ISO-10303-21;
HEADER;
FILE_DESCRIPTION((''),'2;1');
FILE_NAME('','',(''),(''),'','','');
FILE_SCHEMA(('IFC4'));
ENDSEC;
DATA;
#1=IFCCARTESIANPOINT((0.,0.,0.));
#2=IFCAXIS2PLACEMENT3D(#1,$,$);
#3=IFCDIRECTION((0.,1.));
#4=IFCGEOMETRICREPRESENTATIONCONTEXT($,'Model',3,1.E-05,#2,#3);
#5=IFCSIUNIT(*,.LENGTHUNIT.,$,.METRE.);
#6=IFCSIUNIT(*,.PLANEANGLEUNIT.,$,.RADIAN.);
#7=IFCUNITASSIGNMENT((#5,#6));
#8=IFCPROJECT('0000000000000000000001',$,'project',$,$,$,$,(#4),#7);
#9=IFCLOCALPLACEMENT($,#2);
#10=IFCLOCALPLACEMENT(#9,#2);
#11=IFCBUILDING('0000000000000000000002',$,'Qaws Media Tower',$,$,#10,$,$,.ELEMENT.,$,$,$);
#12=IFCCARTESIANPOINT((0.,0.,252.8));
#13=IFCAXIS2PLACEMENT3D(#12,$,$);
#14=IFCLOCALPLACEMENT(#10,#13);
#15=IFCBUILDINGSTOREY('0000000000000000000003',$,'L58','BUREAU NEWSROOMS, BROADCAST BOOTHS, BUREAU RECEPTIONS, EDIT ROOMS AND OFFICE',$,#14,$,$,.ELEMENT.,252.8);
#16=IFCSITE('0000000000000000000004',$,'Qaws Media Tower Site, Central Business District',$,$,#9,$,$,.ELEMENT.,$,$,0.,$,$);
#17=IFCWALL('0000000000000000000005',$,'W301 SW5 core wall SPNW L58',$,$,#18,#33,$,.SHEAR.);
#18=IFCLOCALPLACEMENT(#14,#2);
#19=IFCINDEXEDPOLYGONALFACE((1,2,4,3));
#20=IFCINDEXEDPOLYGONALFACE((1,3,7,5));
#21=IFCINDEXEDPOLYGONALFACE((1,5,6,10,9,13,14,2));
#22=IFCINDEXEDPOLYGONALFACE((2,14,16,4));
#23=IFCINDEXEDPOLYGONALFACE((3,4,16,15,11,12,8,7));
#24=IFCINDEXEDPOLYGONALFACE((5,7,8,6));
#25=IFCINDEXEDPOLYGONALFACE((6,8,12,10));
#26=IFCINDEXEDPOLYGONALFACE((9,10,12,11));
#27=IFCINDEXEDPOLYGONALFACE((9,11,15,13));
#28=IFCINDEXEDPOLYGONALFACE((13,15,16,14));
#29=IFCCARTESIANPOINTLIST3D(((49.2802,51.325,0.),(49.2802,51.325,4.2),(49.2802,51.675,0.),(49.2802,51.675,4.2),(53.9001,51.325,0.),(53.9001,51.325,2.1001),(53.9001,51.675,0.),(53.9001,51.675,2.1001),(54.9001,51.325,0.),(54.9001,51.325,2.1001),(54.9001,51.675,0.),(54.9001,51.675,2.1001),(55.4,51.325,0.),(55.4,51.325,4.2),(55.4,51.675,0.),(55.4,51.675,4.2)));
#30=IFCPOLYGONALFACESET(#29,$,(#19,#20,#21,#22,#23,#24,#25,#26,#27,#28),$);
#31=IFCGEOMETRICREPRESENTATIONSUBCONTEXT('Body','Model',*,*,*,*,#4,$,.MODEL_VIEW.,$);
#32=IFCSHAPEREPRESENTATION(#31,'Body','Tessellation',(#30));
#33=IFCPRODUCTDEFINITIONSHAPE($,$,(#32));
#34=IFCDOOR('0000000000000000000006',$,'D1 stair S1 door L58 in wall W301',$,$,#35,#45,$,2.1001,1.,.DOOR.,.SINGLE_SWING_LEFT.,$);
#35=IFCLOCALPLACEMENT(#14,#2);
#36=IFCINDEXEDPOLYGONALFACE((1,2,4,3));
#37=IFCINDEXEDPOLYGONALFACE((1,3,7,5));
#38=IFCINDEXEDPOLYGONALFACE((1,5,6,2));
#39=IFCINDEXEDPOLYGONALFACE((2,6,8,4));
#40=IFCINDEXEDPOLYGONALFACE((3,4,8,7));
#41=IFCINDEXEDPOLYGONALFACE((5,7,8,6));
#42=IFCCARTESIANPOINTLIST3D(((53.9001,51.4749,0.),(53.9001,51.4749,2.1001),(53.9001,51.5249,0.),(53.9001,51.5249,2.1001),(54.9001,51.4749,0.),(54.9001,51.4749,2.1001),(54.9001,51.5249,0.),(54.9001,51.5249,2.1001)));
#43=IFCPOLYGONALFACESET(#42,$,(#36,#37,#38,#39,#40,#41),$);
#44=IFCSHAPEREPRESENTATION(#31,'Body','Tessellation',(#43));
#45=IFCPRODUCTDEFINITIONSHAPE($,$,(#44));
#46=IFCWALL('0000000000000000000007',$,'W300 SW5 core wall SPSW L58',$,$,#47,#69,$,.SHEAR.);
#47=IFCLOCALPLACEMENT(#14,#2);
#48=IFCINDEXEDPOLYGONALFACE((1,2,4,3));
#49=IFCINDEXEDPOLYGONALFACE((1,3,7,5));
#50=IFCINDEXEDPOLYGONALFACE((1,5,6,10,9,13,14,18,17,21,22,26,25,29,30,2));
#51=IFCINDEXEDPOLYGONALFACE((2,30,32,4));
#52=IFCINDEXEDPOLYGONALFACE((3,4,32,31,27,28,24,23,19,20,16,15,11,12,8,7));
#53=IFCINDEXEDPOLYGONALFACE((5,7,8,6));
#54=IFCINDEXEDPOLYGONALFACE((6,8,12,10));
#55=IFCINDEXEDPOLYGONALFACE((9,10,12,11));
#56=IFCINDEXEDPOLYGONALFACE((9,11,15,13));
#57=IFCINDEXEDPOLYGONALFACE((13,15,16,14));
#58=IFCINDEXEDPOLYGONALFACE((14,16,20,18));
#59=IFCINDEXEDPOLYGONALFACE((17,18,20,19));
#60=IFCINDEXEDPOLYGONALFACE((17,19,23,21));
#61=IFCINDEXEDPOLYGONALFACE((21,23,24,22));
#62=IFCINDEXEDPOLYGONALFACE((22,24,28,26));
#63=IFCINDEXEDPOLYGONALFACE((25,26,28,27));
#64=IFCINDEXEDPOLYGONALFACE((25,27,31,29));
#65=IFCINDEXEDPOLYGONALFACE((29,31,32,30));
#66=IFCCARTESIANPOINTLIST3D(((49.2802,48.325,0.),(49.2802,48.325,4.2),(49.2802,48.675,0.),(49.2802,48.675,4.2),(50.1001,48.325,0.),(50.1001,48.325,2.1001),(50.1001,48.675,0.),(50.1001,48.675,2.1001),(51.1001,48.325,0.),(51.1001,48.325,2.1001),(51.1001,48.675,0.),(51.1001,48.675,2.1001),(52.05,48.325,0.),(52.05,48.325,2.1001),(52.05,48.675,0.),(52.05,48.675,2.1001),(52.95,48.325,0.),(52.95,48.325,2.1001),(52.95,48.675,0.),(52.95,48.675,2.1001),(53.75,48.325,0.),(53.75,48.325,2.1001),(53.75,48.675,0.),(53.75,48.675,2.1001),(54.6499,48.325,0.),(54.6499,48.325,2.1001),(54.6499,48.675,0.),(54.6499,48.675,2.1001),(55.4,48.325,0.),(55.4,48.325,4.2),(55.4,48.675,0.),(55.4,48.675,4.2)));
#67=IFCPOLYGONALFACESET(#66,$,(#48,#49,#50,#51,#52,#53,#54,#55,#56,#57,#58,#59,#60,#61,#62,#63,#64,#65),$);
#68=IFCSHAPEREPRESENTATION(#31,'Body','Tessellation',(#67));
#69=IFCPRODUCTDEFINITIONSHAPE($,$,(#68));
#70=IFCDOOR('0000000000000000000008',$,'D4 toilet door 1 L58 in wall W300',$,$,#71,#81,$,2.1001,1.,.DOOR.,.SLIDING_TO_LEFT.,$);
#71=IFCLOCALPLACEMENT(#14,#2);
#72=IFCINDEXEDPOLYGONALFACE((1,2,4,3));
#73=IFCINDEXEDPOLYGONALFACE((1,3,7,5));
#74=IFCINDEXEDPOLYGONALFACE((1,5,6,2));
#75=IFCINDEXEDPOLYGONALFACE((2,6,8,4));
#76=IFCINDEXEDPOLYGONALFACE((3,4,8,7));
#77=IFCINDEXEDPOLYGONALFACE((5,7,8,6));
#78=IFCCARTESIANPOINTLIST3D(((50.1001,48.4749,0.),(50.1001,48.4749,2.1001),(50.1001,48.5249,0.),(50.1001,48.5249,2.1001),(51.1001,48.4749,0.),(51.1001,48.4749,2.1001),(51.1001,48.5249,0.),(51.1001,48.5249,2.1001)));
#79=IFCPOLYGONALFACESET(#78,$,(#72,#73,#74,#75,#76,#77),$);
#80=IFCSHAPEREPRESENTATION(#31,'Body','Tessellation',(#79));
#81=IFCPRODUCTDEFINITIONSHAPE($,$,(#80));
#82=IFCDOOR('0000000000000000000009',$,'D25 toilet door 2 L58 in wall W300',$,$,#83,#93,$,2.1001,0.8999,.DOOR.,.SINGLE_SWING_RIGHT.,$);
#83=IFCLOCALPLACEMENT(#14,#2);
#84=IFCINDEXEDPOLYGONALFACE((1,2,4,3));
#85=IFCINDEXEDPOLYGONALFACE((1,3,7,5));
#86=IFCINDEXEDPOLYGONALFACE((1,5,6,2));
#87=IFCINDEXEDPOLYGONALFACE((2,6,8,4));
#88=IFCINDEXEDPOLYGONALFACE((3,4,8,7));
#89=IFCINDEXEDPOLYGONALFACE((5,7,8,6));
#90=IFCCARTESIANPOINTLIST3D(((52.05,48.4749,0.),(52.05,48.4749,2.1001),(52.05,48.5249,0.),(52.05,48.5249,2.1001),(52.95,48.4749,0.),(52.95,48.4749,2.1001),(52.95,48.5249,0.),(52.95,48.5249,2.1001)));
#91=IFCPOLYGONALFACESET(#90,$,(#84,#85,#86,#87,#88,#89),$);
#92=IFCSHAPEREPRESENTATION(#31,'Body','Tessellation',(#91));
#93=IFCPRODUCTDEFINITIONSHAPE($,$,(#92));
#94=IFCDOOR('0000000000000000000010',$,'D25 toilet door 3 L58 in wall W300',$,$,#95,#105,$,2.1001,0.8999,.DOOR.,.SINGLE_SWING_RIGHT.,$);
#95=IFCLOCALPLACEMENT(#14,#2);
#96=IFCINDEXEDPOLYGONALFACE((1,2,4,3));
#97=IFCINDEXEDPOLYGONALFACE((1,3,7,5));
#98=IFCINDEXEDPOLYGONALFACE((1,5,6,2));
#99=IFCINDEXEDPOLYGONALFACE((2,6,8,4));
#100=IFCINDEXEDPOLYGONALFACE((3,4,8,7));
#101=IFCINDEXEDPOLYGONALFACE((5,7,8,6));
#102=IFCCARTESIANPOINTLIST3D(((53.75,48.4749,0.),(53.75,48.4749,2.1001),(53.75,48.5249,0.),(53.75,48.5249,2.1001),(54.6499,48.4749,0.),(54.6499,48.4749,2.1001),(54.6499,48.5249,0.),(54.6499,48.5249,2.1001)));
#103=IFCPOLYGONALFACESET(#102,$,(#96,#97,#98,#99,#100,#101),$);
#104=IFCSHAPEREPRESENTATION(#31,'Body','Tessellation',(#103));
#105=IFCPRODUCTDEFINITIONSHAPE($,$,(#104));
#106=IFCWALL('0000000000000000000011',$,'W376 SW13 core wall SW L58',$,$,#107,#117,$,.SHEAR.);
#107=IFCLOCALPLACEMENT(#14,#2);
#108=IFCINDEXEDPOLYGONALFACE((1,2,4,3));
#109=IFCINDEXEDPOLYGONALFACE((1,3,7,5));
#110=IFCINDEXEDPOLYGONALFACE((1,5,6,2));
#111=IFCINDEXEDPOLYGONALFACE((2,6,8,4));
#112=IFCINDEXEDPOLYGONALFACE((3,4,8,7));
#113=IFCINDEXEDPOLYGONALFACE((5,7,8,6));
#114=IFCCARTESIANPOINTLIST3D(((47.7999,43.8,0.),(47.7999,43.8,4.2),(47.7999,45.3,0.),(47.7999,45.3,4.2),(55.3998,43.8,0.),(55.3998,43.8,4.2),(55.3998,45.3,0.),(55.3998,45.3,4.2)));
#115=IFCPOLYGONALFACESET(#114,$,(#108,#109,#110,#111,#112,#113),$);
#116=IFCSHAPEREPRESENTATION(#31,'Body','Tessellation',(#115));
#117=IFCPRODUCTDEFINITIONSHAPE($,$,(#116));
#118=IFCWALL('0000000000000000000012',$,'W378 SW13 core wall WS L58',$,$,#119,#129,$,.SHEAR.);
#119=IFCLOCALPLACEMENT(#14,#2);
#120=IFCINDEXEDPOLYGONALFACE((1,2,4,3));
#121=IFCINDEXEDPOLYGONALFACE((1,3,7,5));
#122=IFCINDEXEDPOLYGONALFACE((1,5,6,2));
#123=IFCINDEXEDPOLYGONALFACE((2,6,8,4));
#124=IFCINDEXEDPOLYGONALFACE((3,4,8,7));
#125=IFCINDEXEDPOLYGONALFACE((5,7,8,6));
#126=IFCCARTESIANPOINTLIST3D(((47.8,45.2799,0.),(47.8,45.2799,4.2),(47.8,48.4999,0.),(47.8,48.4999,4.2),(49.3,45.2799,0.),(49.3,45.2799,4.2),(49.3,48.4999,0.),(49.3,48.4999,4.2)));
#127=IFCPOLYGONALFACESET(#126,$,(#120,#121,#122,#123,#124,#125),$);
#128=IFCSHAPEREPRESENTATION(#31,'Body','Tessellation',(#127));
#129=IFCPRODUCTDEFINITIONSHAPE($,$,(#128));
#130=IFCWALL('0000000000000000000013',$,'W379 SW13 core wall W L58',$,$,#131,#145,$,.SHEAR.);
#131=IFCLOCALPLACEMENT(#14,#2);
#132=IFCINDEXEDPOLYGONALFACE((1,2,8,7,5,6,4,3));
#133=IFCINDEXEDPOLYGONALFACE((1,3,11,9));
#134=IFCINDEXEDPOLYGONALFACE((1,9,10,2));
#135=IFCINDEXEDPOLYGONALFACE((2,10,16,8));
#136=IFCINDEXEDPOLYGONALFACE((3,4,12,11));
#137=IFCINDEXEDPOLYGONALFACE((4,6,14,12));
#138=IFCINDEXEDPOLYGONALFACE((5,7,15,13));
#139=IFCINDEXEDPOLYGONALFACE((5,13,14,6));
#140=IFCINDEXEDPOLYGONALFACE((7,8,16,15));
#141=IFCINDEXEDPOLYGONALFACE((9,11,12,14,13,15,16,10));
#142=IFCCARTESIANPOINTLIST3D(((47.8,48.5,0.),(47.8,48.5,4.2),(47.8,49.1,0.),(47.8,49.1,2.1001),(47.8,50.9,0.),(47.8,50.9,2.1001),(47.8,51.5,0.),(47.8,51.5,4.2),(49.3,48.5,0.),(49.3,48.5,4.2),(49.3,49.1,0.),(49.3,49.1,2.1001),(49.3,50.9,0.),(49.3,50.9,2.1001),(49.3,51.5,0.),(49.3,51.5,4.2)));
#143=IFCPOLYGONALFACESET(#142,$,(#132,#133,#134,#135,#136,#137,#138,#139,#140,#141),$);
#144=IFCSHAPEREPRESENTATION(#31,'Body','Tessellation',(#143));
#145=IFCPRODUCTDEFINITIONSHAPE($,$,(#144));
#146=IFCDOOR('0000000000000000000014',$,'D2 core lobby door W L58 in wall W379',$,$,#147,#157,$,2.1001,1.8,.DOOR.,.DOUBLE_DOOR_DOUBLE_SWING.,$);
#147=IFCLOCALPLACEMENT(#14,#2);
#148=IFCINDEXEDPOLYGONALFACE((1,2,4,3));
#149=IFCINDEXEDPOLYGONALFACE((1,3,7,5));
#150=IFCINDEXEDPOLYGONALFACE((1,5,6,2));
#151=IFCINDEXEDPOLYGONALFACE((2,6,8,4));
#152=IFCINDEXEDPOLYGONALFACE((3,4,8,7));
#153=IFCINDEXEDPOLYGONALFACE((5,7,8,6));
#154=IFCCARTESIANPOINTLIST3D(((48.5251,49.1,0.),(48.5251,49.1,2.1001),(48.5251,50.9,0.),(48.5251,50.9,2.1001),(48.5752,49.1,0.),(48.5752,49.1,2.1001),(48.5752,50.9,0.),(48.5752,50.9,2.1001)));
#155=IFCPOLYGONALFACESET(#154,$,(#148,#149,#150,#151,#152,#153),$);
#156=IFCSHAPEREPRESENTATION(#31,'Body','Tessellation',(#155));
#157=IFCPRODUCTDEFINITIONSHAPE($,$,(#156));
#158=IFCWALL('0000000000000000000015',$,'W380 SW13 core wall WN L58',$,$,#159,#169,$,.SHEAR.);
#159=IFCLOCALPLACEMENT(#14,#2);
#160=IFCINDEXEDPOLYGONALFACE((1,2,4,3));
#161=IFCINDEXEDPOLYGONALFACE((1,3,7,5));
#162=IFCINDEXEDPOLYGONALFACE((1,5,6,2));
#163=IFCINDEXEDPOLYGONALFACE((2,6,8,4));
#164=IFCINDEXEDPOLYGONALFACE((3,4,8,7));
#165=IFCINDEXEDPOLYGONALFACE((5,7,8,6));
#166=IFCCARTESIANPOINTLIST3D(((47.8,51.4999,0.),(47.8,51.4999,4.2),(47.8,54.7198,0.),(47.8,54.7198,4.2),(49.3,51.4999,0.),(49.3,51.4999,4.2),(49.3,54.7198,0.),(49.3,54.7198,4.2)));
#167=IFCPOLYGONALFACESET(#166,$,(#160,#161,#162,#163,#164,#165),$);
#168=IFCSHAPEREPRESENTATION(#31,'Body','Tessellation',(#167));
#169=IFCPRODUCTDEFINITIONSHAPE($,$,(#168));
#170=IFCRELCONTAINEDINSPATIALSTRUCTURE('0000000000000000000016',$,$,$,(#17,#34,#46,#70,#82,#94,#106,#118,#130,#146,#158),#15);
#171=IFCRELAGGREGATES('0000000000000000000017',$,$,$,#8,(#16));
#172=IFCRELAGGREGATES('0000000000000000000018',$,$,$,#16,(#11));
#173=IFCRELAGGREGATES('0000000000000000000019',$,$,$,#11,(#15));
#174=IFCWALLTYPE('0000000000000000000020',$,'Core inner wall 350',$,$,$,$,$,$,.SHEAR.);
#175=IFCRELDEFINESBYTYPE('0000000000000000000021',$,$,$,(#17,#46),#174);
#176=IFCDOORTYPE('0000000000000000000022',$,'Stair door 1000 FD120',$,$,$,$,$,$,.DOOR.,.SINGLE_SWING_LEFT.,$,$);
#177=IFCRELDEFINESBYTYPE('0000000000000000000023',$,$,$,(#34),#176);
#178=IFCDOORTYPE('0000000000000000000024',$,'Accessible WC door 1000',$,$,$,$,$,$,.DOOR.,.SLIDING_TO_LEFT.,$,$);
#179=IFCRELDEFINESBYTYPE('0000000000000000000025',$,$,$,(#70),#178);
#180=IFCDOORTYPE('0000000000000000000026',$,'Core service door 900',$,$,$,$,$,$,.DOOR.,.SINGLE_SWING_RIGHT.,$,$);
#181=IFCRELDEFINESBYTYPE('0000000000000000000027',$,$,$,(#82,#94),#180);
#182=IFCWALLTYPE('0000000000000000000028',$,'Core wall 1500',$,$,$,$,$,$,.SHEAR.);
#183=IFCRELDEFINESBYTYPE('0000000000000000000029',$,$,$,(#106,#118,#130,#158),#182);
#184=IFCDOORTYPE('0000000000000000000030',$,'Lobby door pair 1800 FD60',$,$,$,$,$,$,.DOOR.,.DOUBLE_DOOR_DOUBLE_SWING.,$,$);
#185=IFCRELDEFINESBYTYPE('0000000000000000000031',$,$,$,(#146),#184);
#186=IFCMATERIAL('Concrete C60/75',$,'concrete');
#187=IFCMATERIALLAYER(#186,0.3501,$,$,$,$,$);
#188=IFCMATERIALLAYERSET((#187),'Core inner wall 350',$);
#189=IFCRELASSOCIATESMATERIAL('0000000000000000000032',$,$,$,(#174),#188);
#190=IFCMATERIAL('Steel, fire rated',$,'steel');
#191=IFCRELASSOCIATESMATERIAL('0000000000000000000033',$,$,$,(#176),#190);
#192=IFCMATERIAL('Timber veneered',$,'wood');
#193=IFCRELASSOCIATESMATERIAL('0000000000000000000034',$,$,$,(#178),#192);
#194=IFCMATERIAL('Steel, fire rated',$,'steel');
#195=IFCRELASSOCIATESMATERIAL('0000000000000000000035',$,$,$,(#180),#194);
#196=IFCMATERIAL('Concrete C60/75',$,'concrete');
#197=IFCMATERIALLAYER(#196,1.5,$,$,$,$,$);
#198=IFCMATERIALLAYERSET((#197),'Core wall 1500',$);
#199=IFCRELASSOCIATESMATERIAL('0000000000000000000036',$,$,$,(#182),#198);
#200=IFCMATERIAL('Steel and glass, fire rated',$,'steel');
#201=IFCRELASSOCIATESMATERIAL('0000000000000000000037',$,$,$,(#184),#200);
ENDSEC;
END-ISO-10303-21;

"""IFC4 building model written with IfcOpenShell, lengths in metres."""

from ifc_helpers import new_model, si_unit, direction, frame, frame_2d, origin, place, context, subcontext, project, spatial, rectangle, extrude, material, layer, layer_set, type_object, element, fill, save


model = new_model("IFC4")

# Units and contexts
model_context = context("Model", 3, precision=1e-05, world=origin(), true_north=direction((0.0, 1.0)))
body_context = subcontext(model_context, "Body", "Model", "MODEL_VIEW")
ifc_project = project(units=[si_unit("LENGTHUNIT", "METRE"), si_unit("PLANEANGLEUNIT", "RADIAN")], contexts=[model_context])

# Site, building, storey
site_placement = place(None, origin())
site = spatial("IfcSite", under=ifc_project, at=site_placement, Name="Qaws Media Tower Site, Central Business District", CompositionType="ELEMENT", RefElevation=0.0)
building_placement = place(site_placement, origin())
building = spatial("IfcBuilding", under=site, at=building_placement, Name="Qaws Media Tower", CompositionType="ELEMENT")
storey_placement = place(building_placement, frame((0.0, 0.0, 252.8)))
storey = spatial("IfcBuildingStorey", under=building, at=storey_placement, Name="L58", Description="BUREAU NEWSROOMS, BROADCAST BOOTHS, BUREAU RECEPTIONS, EDIT ROOMS AND OFFICE", CompositionType="ELEMENT", Elevation=252.8)

# Wall, opening, door
ifc_material_1 = material(Name="Concrete C60/75", Category="concrete")
ifc_layer_1 = layer(ifc_material_1, 0.3501)
ifc_layer_set_1 = layer_set([ifc_layer_1], Name="Core inner wall 350")
wall_type_1 = type_object("IfcWallType", Name="Core inner wall 350", PredefinedType="SHEAR", material=ifc_layer_set_1)
wall_1_placement = place(storey_placement, frame((49.28, 51.5, 0.0), z_axis=(0.0, 0.0, 1.0), x_axis=(1.0, 0.0, 0.0)))
wall_1 = element("IfcWall", 1, at=wall_1_placement, inside=storey, type_object=wall_type_1, Name="W301 SW5 core wall SPNW L58", PredefinedType="SHEAR", context=body_context, shape_type="SweptSolid", body=[
    extrude(rectangle(XDim=6.1199, YDim=0.3501, at=frame_2d((3.0601, 0.0))), origin(), (0.0, 0.0, 1.0), 4.2),
])
opening_1_placement = place(wall_1_placement, frame((4.6201, 0.0, 0.0)))
opening_1 = element("IfcOpeningElement", 2, at=opening_1_placement, cuts=wall_1, PredefinedType="OPENING", context=body_context, shape_type="SweptSolid", body=[
    extrude(rectangle(XDim=1.0, YDim=2.1001, at=frame_2d((0.5, 1.05))), frame((0.0, 0.1851, 0.0), z_axis=(0.0, -1.0, 0.0), x_axis=(1.0, 0.0, 0.0)), (0.0, 0.0, 1.0), 0.3701),
])
ifc_material_2 = material(Name="Steel, fire rated", Category="steel")
door_type_1 = type_object("IfcDoorType", Name="Stair door 1000 FD120", OperationType="SINGLE_SWING_LEFT", PredefinedType="DOOR", material=ifc_material_2)
door_1_placement = place(opening_1_placement, origin())
door_1 = element("IfcDoor", 3, at=door_1_placement, inside=storey, type_object=door_type_1, Name="D1 stair S1 door L58 in wall W301", OperationType="SINGLE_SWING_LEFT", OverallHeight=2.1001, OverallWidth=1.0, PredefinedType="DOOR", context=body_context, shape_type="SweptSolid", body=[
    extrude(rectangle(XDim=1.0, YDim=2.1001, at=frame_2d((0.5, 1.05))), frame((0.0, 0.0249, 0.0), z_axis=(0.0, -1.0, 0.0), x_axis=(1.0, 0.0, 0.0)), (0.0, 0.0, 1.0), 0.05),
])
fill(opening_1, door_1)

# Wall, openings, doors
wall_2_placement = place(storey_placement, frame((49.28, 48.5, 0.0), z_axis=(0.0, 0.0, 1.0), x_axis=(1.0, 0.0, 0.0)))
wall_2 = element("IfcWall", 4, at=wall_2_placement, inside=storey, type_object=wall_type_1, Name="W300 SW5 core wall SPSW L58", PredefinedType="SHEAR", context=body_context, shape_type="SweptSolid", body=[
    extrude(rectangle(XDim=6.1199, YDim=0.3501, at=frame_2d((3.0601, 0.0))), origin(), (0.0, 0.0, 1.0), 4.2),
])
opening_2_placement = place(wall_2_placement, frame((0.8201, 0.0, 0.0)))
opening_2 = element("IfcOpeningElement", 5, at=opening_2_placement, cuts=wall_2, PredefinedType="OPENING", context=body_context, shape_type="SweptSolid", body=[
    extrude(rectangle(XDim=1.0, YDim=2.1001, at=frame_2d((0.5, 1.05))), frame((0.0, 0.1851, 0.0), z_axis=(0.0, -1.0, 0.0), x_axis=(1.0, 0.0, 0.0)), (0.0, 0.0, 1.0), 0.3701),
])
opening_3_placement = place(wall_2_placement, frame((2.77, 0.0, 0.0)))
opening_3 = element("IfcOpeningElement", 6, at=opening_3_placement, cuts=wall_2, PredefinedType="OPENING", context=body_context, shape_type="SweptSolid", body=[
    extrude(rectangle(XDim=0.8999, YDim=2.1001, at=frame_2d((0.45, 1.05))), frame((0.0, 0.1851, 0.0), z_axis=(0.0, -1.0, 0.0), x_axis=(1.0, 0.0, 0.0)), (0.0, 0.0, 1.0), 0.3701),
])
opening_4_placement = place(wall_2_placement, frame((4.47, 0.0, 0.0)))
opening_4 = element("IfcOpeningElement", 7, at=opening_4_placement, cuts=wall_2, PredefinedType="OPENING", context=body_context, shape_type="SweptSolid", body=[
    extrude(rectangle(XDim=0.8999, YDim=2.1001, at=frame_2d((0.45, 1.05))), frame((0.0, 0.1851, 0.0), z_axis=(0.0, -1.0, 0.0), x_axis=(1.0, 0.0, 0.0)), (0.0, 0.0, 1.0), 0.3701),
])
ifc_material_3 = material(Name="Timber veneered", Category="wood")
door_type_2 = type_object("IfcDoorType", Name="Accessible WC door 1000", OperationType="SLIDING_TO_LEFT", PredefinedType="DOOR", material=ifc_material_3)
door_2_placement = place(opening_2_placement, origin())
door_2 = element("IfcDoor", 8, at=door_2_placement, inside=storey, type_object=door_type_2, Name="D4 toilet door 1 L58 in wall W300", OperationType="SLIDING_TO_LEFT", OverallHeight=2.1001, OverallWidth=1.0, PredefinedType="DOOR", context=body_context, shape_type="SweptSolid", body=[
    extrude(rectangle(XDim=1.0, YDim=2.1001, at=frame_2d((0.5, 1.05))), frame((0.0, 0.0249, 0.0), z_axis=(0.0, -1.0, 0.0), x_axis=(1.0, 0.0, 0.0)), (0.0, 0.0, 1.0), 0.05),
])
fill(opening_2, door_2)
ifc_material_4 = material(Name="Steel, fire rated", Category="steel")
door_type_3 = type_object("IfcDoorType", Name="Core service door 900", OperationType="SINGLE_SWING_RIGHT", PredefinedType="DOOR", material=ifc_material_4)
door_3_placement = place(opening_3_placement, origin())
door_3 = element("IfcDoor", 9, at=door_3_placement, inside=storey, type_object=door_type_3, Name="D25 toilet door 2 L58 in wall W300", OperationType="SINGLE_SWING_RIGHT", OverallHeight=2.1001, OverallWidth=0.8999, PredefinedType="DOOR", context=body_context, shape_type="SweptSolid", body=[
    extrude(rectangle(XDim=0.8999, YDim=2.1001, at=frame_2d((0.45, 1.05))), frame((0.0, 0.0249, 0.0), z_axis=(0.0, -1.0, 0.0), x_axis=(1.0, 0.0, 0.0)), (0.0, 0.0, 1.0), 0.05),
])
fill(opening_3, door_3)
door_4_placement = place(opening_4_placement, origin())
door_4 = element("IfcDoor", 10, at=door_4_placement, inside=storey, type_object=door_type_3, Name="D25 toilet door 3 L58 in wall W300", OperationType="SINGLE_SWING_RIGHT", OverallHeight=2.1001, OverallWidth=0.8999, PredefinedType="DOOR", context=body_context, shape_type="SweptSolid", body=[
    extrude(rectangle(XDim=0.8999, YDim=2.1001, at=frame_2d((0.45, 1.05))), frame((0.0, 0.0249, 0.0), z_axis=(0.0, -1.0, 0.0), x_axis=(1.0, 0.0, 0.0)), (0.0, 0.0, 1.0), 0.05),
])
fill(opening_4, door_4)

# Walls
ifc_material_5 = material(Name="Concrete C60/75", Category="concrete")
ifc_layer_2 = layer(ifc_material_5, 1.5)
ifc_layer_set_2 = layer_set([ifc_layer_2], Name="Core wall 1500")
wall_type_2 = type_object("IfcWallType", Name="Core wall 1500", PredefinedType="SHEAR", material=ifc_layer_set_2)
wall_3_placement = place(storey_placement, frame((47.8, 44.55, 0.0), z_axis=(0.0, 0.0, 1.0), x_axis=(1.0, 0.0, 0.0)))
element("IfcWall", 11, at=wall_3_placement, inside=storey, type_object=wall_type_2, Name="W376 SW13 core wall SW L58", PredefinedType="SHEAR", context=body_context, shape_type="SweptSolid", body=[
    extrude(rectangle(XDim=7.5999, YDim=1.5, at=frame_2d((3.7998, 0.0))), origin(), (0.0, 0.0, 1.0), 4.2),
])
wall_4_placement = place(storey_placement, frame((48.55, 45.28, 0.0), z_axis=(0.0, 0.0, 1.0), x_axis=(0.0, 1.0, 0.0)))
element("IfcWall", 12, at=wall_4_placement, inside=storey, type_object=wall_type_2, Name="W378 SW13 core wall WS L58", PredefinedType="SHEAR", context=body_context, shape_type="SweptSolid", body=[
    extrude(rectangle(XDim=3.22, YDim=1.5, at=frame_2d((1.6099, 0.0))), origin(), (0.0, 0.0, 1.0), 4.2),
])

# Wall, opening, door
wall_5_placement = place(storey_placement, frame((48.55, 48.5, 0.0), z_axis=(0.0, 0.0, 1.0), x_axis=(0.0, 1.0, 0.0)))
wall_5 = element("IfcWall", 13, at=wall_5_placement, inside=storey, type_object=wall_type_2, Name="W379 SW13 core wall W L58", PredefinedType="SHEAR", context=body_context, shape_type="SweptSolid", body=[
    extrude(rectangle(XDim=3.0, YDim=1.5, at=frame_2d((1.5, 0.0))), origin(), (0.0, 0.0, 1.0), 4.2),
])
opening_5_placement = place(wall_5_placement, frame((0.6001, 0.0, 0.0)))
opening_5 = element("IfcOpeningElement", 14, at=opening_5_placement, cuts=wall_5, PredefinedType="OPENING", context=body_context, shape_type="SweptSolid", body=[
    extrude(rectangle(XDim=1.8, YDim=2.1001, at=frame_2d((0.8999, 1.05))), frame((0.0, 0.76, 0.0), z_axis=(0.0, -1.0, 0.0), x_axis=(1.0, 0.0, 0.0)), (0.0, 0.0, 1.0), 1.52),
])
ifc_material_6 = material(Name="Steel and glass, fire rated", Category="steel")
door_type_4 = type_object("IfcDoorType", Name="Lobby door pair 1800 FD60", OperationType="DOUBLE_DOOR_DOUBLE_SWING", PredefinedType="DOOR", material=ifc_material_6)
door_5_placement = place(opening_5_placement, origin())
door_5 = element("IfcDoor", 15, at=door_5_placement, inside=storey, type_object=door_type_4, Name="D2 core lobby door W L58 in wall W379", OperationType="DOUBLE_DOOR_DOUBLE_SWING", OverallHeight=2.1001, OverallWidth=1.8, PredefinedType="DOOR", context=body_context, shape_type="SweptSolid", body=[
    extrude(rectangle(XDim=1.8, YDim=2.1001, at=frame_2d((0.8999, 1.05))), frame((0.0, 0.0249, 0.0), z_axis=(0.0, -1.0, 0.0), x_axis=(1.0, 0.0, 0.0)), (0.0, 0.0, 1.0), 0.05),
])
fill(opening_5, door_5)

# Wall
wall_6_placement = place(storey_placement, frame((48.55, 51.5, 0.0), z_axis=(0.0, 0.0, 1.0), x_axis=(0.0, 1.0, 0.0)))
element("IfcWall", 16, at=wall_6_placement, inside=storey, type_object=wall_type_2, Name="W380 SW13 core wall WN L58", PredefinedType="SHEAR", context=body_context, shape_type="SweptSolid", body=[
    extrude(rectangle(XDim=3.22, YDim=1.5, at=frame_2d((1.6099, 0.0))), origin(), (0.0, 0.0, 1.0), 4.2),
])

save(model, "model.ifc")
